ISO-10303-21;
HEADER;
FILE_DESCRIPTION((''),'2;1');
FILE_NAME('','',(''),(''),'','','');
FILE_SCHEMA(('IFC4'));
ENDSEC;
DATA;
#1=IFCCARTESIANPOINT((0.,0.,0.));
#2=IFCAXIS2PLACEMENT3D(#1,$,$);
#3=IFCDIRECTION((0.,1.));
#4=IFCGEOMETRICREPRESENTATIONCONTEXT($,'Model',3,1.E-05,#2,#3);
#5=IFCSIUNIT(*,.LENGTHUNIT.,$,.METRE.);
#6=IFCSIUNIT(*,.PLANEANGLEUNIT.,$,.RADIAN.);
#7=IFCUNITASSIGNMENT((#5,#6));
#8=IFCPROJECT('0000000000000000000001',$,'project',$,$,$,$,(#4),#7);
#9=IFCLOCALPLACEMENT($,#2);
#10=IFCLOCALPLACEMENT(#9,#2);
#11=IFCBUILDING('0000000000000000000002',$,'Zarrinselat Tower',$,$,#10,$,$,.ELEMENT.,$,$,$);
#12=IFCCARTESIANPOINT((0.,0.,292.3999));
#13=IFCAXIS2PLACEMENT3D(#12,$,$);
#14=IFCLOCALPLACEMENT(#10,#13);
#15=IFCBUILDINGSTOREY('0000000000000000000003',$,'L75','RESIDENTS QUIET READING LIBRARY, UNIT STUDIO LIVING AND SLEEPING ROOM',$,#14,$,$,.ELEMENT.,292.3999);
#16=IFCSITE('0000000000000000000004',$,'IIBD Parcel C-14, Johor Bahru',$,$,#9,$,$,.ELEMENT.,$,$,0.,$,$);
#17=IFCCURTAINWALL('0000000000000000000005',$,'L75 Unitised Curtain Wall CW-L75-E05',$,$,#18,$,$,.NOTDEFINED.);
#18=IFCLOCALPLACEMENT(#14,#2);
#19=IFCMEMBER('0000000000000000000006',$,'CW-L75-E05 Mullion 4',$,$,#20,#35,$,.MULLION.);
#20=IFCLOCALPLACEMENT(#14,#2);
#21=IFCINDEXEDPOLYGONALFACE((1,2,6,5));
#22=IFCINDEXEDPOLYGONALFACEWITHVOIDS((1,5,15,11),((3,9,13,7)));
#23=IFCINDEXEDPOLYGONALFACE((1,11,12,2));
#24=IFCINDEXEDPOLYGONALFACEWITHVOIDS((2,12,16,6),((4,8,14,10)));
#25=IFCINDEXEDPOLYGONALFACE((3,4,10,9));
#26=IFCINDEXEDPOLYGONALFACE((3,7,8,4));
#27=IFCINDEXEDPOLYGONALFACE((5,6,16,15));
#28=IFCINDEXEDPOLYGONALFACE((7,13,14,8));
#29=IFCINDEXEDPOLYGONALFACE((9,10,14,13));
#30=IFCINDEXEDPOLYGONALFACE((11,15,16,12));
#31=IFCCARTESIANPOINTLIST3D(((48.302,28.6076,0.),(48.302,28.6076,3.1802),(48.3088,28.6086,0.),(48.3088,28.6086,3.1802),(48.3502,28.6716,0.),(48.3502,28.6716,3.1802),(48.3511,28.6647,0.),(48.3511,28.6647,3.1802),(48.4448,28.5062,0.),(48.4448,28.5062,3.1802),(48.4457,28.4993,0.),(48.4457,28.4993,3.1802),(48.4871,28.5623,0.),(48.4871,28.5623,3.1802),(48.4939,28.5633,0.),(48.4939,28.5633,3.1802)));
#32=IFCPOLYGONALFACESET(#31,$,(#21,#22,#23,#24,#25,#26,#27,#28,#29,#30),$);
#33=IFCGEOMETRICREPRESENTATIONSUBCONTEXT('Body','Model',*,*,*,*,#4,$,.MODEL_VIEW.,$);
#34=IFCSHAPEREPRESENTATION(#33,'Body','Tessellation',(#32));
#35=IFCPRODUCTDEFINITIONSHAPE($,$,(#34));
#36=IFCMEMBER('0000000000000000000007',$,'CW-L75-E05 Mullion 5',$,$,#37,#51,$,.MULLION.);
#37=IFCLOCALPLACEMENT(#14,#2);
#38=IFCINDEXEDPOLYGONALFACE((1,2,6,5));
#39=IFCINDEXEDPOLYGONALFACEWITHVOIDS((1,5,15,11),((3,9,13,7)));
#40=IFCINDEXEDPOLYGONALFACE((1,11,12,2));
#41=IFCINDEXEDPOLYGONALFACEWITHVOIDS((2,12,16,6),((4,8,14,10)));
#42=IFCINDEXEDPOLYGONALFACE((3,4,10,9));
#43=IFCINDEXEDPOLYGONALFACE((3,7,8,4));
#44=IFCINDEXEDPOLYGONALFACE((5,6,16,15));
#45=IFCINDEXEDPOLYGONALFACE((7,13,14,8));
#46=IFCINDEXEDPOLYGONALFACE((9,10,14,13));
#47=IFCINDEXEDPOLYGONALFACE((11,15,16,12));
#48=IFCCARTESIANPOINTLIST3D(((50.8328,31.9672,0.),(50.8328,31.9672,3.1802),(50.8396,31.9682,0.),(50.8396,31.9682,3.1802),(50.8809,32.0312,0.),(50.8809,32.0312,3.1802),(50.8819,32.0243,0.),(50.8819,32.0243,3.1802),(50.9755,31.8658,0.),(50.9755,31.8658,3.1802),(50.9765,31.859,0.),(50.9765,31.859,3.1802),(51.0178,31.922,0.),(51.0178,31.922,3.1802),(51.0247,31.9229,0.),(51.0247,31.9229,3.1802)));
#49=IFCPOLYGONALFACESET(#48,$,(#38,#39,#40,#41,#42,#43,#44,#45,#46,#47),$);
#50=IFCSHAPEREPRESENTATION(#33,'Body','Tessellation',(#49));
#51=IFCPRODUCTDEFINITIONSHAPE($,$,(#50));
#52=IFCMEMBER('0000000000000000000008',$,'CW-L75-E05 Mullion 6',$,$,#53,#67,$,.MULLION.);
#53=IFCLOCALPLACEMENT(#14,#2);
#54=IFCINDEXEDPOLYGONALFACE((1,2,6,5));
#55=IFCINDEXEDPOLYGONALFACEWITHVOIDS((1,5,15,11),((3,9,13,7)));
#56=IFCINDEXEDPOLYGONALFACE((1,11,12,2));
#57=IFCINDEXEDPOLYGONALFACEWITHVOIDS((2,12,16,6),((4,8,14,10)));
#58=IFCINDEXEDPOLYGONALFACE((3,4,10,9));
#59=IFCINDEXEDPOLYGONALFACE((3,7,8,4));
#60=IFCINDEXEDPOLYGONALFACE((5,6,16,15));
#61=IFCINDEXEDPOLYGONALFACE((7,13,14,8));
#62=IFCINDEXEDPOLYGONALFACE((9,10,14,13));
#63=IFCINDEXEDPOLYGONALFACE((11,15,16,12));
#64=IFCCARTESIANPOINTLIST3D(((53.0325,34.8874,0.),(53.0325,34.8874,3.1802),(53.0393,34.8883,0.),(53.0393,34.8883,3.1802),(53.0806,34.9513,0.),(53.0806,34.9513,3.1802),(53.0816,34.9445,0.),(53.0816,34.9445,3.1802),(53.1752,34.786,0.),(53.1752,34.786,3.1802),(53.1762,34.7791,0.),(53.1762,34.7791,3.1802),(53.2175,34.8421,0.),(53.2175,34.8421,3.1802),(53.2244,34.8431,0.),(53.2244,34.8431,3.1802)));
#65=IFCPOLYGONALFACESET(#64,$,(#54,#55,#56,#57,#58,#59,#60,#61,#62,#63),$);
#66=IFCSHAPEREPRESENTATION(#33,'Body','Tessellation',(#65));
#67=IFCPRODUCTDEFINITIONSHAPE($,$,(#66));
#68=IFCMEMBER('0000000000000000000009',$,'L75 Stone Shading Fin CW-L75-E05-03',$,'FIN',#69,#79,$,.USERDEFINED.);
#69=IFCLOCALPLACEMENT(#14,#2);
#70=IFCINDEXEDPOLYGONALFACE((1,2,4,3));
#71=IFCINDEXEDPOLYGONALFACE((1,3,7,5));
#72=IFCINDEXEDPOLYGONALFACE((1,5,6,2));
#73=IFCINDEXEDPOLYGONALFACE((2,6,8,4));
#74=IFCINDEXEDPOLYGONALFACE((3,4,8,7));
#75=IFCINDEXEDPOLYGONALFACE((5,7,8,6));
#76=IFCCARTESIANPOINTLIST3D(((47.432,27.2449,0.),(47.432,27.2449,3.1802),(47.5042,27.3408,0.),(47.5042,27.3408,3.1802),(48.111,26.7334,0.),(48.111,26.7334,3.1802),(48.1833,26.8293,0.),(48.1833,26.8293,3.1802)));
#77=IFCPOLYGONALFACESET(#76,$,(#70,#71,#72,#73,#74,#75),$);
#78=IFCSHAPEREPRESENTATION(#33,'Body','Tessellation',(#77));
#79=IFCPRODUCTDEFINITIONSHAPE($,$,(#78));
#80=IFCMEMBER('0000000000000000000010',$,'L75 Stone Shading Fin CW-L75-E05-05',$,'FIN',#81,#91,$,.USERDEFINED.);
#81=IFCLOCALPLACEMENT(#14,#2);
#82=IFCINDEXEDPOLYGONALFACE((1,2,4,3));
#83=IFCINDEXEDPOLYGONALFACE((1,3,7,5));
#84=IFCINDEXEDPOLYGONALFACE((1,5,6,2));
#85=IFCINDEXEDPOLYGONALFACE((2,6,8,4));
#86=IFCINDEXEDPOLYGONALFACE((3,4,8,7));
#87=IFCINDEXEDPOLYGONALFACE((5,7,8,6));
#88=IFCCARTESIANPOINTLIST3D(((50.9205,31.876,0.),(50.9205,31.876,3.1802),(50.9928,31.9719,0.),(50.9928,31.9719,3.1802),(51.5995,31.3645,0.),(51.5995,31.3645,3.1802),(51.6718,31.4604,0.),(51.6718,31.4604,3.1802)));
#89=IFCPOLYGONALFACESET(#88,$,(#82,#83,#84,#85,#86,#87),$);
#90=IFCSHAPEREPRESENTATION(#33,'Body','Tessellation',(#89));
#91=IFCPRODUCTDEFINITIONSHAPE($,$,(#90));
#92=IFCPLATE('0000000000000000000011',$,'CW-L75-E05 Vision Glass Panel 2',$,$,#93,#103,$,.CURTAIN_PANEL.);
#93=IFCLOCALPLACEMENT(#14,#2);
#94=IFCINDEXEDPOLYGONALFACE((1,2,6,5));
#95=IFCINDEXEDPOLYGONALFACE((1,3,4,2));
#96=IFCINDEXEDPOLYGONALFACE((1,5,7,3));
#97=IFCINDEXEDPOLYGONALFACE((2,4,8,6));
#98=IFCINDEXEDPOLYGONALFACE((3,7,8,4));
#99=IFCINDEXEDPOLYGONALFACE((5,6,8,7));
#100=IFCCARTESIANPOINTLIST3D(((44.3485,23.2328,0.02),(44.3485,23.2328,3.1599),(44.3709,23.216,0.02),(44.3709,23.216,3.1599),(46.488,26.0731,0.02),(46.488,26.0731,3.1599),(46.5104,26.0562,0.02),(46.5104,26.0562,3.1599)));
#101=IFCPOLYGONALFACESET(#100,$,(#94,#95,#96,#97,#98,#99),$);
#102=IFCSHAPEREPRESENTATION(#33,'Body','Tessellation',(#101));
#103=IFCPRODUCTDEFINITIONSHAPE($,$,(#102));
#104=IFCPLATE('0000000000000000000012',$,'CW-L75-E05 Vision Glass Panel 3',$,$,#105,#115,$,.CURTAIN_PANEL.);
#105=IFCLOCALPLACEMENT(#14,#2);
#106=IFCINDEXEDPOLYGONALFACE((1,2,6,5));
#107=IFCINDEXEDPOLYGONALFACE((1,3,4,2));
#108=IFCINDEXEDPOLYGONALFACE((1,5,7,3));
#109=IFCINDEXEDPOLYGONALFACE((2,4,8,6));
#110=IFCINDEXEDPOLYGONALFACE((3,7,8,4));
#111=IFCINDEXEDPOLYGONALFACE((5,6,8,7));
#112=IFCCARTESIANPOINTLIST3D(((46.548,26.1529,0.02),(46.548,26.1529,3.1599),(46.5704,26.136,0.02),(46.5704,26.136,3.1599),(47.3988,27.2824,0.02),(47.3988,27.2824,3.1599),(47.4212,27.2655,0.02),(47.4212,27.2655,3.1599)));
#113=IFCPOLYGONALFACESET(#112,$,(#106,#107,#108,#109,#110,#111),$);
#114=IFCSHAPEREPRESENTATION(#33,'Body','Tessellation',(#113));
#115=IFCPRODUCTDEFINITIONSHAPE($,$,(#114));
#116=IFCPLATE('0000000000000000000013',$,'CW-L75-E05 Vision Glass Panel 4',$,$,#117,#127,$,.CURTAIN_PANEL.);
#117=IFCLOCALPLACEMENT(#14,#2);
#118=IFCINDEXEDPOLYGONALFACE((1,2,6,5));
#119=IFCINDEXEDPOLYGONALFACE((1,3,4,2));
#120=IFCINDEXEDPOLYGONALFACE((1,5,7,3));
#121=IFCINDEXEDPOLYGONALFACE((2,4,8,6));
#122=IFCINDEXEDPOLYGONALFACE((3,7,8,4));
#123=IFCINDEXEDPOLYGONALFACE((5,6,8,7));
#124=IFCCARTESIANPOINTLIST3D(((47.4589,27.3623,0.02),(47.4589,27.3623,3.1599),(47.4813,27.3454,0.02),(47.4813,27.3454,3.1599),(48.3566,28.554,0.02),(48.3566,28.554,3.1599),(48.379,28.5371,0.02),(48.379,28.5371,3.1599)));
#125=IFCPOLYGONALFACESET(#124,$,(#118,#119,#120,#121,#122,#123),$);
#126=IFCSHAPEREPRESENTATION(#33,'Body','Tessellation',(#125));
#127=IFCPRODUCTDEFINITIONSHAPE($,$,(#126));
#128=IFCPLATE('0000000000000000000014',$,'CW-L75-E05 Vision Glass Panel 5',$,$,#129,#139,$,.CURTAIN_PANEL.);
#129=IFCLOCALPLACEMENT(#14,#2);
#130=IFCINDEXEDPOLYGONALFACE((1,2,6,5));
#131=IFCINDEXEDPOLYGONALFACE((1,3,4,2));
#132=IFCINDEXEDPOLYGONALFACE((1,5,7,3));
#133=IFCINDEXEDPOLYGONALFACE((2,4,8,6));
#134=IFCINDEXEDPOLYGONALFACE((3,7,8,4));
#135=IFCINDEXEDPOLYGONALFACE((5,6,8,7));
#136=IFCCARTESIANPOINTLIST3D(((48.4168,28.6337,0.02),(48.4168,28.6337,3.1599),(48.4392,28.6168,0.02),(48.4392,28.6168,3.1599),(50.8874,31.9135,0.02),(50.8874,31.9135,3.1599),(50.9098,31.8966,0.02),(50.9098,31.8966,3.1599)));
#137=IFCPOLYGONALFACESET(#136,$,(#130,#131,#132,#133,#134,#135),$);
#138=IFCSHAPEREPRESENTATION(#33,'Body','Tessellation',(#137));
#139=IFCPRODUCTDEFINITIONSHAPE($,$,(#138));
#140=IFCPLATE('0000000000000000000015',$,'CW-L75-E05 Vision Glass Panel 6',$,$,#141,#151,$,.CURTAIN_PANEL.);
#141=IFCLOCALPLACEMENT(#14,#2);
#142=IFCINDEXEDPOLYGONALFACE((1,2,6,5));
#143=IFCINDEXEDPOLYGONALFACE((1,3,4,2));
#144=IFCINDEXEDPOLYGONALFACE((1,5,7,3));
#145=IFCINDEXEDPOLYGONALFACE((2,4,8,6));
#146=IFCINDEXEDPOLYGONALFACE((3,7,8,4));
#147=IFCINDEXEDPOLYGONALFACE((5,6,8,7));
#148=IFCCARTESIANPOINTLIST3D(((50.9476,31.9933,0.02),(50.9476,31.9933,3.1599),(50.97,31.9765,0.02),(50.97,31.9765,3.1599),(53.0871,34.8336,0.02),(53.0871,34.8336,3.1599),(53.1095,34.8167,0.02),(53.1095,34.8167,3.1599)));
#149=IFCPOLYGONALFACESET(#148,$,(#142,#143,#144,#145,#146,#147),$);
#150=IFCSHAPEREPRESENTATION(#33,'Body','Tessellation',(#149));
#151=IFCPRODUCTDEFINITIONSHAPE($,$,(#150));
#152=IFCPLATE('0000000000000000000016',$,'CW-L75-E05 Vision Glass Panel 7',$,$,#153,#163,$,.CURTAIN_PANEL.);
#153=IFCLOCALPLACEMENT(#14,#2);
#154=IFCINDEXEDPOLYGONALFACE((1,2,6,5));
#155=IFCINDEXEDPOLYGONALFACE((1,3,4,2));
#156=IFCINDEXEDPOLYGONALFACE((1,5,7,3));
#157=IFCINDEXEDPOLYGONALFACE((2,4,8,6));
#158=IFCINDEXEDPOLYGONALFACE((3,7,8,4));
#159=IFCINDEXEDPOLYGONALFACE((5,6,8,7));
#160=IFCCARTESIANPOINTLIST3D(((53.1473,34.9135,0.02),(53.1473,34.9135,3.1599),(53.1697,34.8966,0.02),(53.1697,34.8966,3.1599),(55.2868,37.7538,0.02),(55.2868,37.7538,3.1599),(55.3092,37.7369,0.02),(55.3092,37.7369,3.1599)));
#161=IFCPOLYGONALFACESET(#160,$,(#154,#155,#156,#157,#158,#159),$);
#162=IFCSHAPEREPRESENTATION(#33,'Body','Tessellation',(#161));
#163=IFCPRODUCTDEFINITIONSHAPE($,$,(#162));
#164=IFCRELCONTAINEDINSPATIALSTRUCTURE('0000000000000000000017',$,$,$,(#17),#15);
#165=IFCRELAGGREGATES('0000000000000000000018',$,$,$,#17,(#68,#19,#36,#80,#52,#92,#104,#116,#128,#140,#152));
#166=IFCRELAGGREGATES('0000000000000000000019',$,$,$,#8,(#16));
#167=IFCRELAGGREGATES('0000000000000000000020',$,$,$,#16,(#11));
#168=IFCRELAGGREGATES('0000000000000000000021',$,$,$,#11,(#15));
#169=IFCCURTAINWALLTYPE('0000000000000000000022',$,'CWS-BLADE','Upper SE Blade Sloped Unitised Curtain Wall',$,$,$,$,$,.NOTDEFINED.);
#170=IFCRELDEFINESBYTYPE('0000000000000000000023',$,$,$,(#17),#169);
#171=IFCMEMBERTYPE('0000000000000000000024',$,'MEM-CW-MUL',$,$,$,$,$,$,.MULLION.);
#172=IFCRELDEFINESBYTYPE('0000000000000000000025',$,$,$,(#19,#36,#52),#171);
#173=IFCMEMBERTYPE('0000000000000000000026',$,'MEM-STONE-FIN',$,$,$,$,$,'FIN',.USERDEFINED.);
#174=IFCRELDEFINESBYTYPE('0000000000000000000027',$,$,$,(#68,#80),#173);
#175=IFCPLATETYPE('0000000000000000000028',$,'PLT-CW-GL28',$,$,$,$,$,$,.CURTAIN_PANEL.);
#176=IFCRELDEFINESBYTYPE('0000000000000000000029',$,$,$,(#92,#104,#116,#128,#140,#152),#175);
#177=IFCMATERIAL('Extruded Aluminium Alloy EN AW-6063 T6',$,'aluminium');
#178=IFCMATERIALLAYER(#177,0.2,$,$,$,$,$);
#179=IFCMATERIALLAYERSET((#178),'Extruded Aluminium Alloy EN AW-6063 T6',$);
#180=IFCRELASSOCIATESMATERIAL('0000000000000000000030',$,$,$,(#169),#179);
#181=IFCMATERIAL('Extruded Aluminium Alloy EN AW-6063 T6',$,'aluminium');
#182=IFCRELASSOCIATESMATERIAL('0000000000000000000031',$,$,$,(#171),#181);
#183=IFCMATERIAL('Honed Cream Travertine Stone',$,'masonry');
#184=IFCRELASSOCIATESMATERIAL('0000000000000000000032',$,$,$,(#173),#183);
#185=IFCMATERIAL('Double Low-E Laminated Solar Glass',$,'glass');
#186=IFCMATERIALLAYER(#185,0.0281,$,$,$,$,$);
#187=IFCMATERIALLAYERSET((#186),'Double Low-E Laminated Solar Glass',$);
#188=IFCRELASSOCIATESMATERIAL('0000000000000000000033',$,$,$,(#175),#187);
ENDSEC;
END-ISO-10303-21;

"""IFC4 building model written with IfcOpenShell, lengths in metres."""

from ifc_helpers import new_model, si_unit, direction, frame, origin, origin_2d, place, context, subcontext, project, spatial, rectangle, hollow_rectangle, extrude, material, layer, layer_set, material_profile, profile_set, type_object, element, aggregate, save


model = new_model("IFC4")

# Units and contexts
model_context = context("Model", 3, precision=1e-05, world=origin(), true_north=direction((0.0, 1.0)))
body_context = subcontext(model_context, "Body", "Model", "MODEL_VIEW")
ifc_project = project(units=[si_unit("LENGTHUNIT", "METRE"), si_unit("PLANEANGLEUNIT", "RADIAN")], contexts=[model_context])

# Site, building, storey
site_placement = place(None, origin())
site = spatial("IfcSite", under=ifc_project, at=site_placement, Name="IIBD Parcel C-14, Johor Bahru", CompositionType="ELEMENT", RefElevation=0.0)
building_placement = place(site_placement, origin())
building = spatial("IfcBuilding", under=site, at=building_placement, Name="Zarrinselat Tower", CompositionType="ELEMENT")
storey_placement = place(building_placement, frame((0.0, 0.0, 292.3999)))
storey = spatial("IfcBuildingStorey", under=building, at=storey_placement, Name="L75", Description="RESIDENTS QUIET READING LIBRARY, UNIT STUDIO LIVING AND SLEEPING ROOM", CompositionType="ELEMENT", Elevation=292.3999)

# Curtain wall, members, plates
ifc_material_1 = material(Name="Extruded Aluminium Alloy EN AW-6063 T6", Category="aluminium")
ifc_layer_1 = layer(ifc_material_1, 0.2)
ifc_layer_set_1 = layer_set([ifc_layer_1], Name="Extruded Aluminium Alloy EN AW-6063 T6")
curtain_wall_type = type_object("IfcCurtainWallType", Name="CWS-BLADE", Description="Upper SE Blade Sloped Unitised Curtain Wall", PredefinedType="NOTDEFINED", material=ifc_layer_set_1)
curtain_wall_placement = place(storey_placement, origin())
curtain_wall = element("IfcCurtainWall", 1, at=curtain_wall_placement, inside=storey, type_object=curtain_wall_type, Name="L75 Unitised Curtain Wall CW-L75-E05", PredefinedType="NOTDEFINED")
ifc_material_2 = material(Name="Extruded Aluminium Alloy EN AW-6063 T6", Category="aluminium")
ifc_material_profile_1 = material_profile(ifc_material_2, hollow_rectangle(XDim=0.0801, YDim=0.1799, WallThickness=0.0049, at=origin_2d()), Name="RHS 180x80x5")
ifc_profile_set_1 = profile_set([ifc_material_profile_1], Name="Extruded Aluminium Alloy EN AW-6063 T6")
member_type_1 = type_object("IfcMemberType", Name="MEM-CW-MUL", PredefinedType="MULLION", material=ifc_profile_set_1)
member_1_placement = place(storey_placement, frame((48.3979, 28.5854, 0.0), z_axis=(0.0, 0.0, 1.0), x_axis=(0.601673, 0.798743, 0.0)))
member_1 = element("IfcMember", 2, at=member_1_placement, type_object=member_type_1, Name="CW-L75-E05 Mullion 4", PredefinedType="MULLION", context=body_context, shape_type="SweptSolid", body=[
    extrude(hollow_rectangle(XDim=0.0801, YDim=0.1799, WallThickness=0.0049, at=origin_2d()), origin(), (0.0, 0.0, 1.0), 3.1802),
])
member_2_placement = place(storey_placement, frame((50.9287, 31.9451, 0.0), z_axis=(0.0, 0.0, 1.0), x_axis=(0.601673, 0.798743, 0.0)))
member_2 = element("IfcMember", 3, at=member_2_placement, type_object=member_type_1, Name="CW-L75-E05 Mullion 5", PredefinedType="MULLION", context=body_context, shape_type="SweptSolid", body=[
    extrude(hollow_rectangle(XDim=0.0801, YDim=0.1799, WallThickness=0.0049, at=origin_2d()), origin(), (0.0, 0.0, 1.0), 3.1802),
])
member_3_placement = place(storey_placement, frame((53.1284, 34.8652, 0.0), z_axis=(0.0, 0.0, 1.0), x_axis=(0.601673, 0.798743, 0.0)))
member_3 = element("IfcMember", 4, at=member_3_placement, type_object=member_type_1, Name="CW-L75-E05 Mullion 6", PredefinedType="MULLION", context=body_context, shape_type="SweptSolid", body=[
    extrude(hollow_rectangle(XDim=0.0801, YDim=0.1799, WallThickness=0.0049, at=origin_2d()), origin(), (0.0, 0.0, 1.0), 3.1802),
])
ifc_material_3 = material(Name="Honed Cream Travertine Stone", Category="masonry")
ifc_material_profile_2 = material_profile(ifc_material_3, rectangle(XDim=0.1201, YDim=0.8501, at=origin_2d()), Name="FIN 850x120")
ifc_profile_set_2 = profile_set([ifc_material_profile_2], Name="Honed Cream Travertine Stone")
member_type_2 = type_object("IfcMemberType", Name="MEM-STONE-FIN", ElementType="FIN", PredefinedType="USERDEFINED", material=ifc_profile_set_2)
member_4_placement = place(storey_placement, frame((47.8076, 27.0371, 0.0), z_axis=(0.0, 0.0, 1.0), x_axis=(-0.601673, -0.798743, 0.0)))
member_4 = element("IfcMember", 5, at=member_4_placement, type_object=member_type_2, Name="L75 Stone Shading Fin CW-L75-E05-03", ObjectType="FIN", PredefinedType="USERDEFINED", context=body_context, shape_type="SweptSolid", body=[
    extrude(rectangle(XDim=0.1201, YDim=0.8501, at=origin_2d()), origin(), (0.0, 0.0, 1.0), 3.1802),
])
member_5_placement = place(storey_placement, frame((51.2961, 31.6682, 0.0), z_axis=(0.0, 0.0, 1.0), x_axis=(-0.601673, -0.798743, 0.0)))
member_5 = element("IfcMember", 6, at=member_5_placement, type_object=member_type_2, Name="L75 Stone Shading Fin CW-L75-E05-05", ObjectType="FIN", PredefinedType="USERDEFINED", context=body_context, shape_type="SweptSolid", body=[
    extrude(rectangle(XDim=0.1201, YDim=0.8501, at=origin_2d()), origin(), (0.0, 0.0, 1.0), 3.1802),
])
ifc_material_4 = material(Name="Double Low-E Laminated Solar Glass", Category="glass")
ifc_layer_2 = layer(ifc_material_4, 0.0281)
ifc_layer_set_2 = layer_set([ifc_layer_2], Name="Double Low-E Laminated Solar Glass")
plate_type = type_object("IfcPlateType", Name="PLT-CW-GL28", PredefinedType="CURTAIN_PANEL", material=ifc_layer_set_2)
plate_1_placement = place(storey_placement, frame((45.4294, 24.6445, 0.02), z_axis=(0.0, 0.0, 1.0), x_axis=(0.601673, 0.798743, 0.0)))
plate_1 = element("IfcPlate", 7, at=plate_1_placement, type_object=plate_type, Name="CW-L75-E05 Vision Glass Panel 2", PredefinedType="CURTAIN_PANEL", context=body_context, shape_type="SweptSolid", body=[
    extrude(rectangle(XDim=3.5559, YDim=0.0281, at=origin_2d()), origin(), (0.0, 0.0, 1.0), 3.1399),
])
plate_2_placement = place(storey_placement, frame((46.9846, 26.7092, 0.02), z_axis=(0.0, 0.0, 1.0), x_axis=(0.601673, 0.798743, 0.0)))
plate_2 = element("IfcPlate", 8, at=plate_2_placement, type_object=plate_type, Name="CW-L75-E05 Vision Glass Panel 3", PredefinedType="CURTAIN_PANEL", context=body_context, shape_type="SweptSolid", body=[
    extrude(rectangle(XDim=1.4141, YDim=0.0281, at=origin_2d()), origin(), (0.0, 0.0, 1.0), 3.1399),
])
plate_3_placement = place(storey_placement, frame((47.9189, 27.9497, 0.02), z_axis=(0.0, 0.0, 1.0), x_axis=(0.601673, 0.798743, 0.0)))
plate_3 = element("IfcPlate", 9, at=plate_3_placement, type_object=plate_type, Name="CW-L75-E05 Vision Glass Panel 4", PredefinedType="CURTAIN_PANEL", context=body_context, shape_type="SweptSolid", body=[
    extrude(rectangle(XDim=1.4919, YDim=0.0281, at=origin_2d()), origin(), (0.0, 0.0, 1.0), 3.1399),
])
plate_4_placement = place(storey_placement, frame((49.6633, 30.2651, 0.02), z_axis=(0.0, 0.0, 1.0), x_axis=(0.601673, 0.798743, 0.0)))
plate_4 = element("IfcPlate", 10, at=plate_4_placement, type_object=plate_type, Name="CW-L75-E05 Vision Glass Panel 5", PredefinedType="CURTAIN_PANEL", context=body_context, shape_type="SweptSolid", body=[
    extrude(rectangle(XDim=4.1062, YDim=0.0281, at=origin_2d()), origin(), (0.0, 0.0, 1.0), 3.1399),
])
plate_5_placement = place(storey_placement, frame((52.0286, 33.405, 0.02), z_axis=(0.0, 0.0, 1.0), x_axis=(0.601673, 0.798743, 0.0)))
plate_5 = element("IfcPlate", 11, at=plate_5_placement, type_object=plate_type, Name="CW-L75-E05 Vision Glass Panel 6", PredefinedType="CURTAIN_PANEL", context=body_context, shape_type="SweptSolid", body=[
    extrude(rectangle(XDim=3.5559, YDim=0.0281, at=origin_2d()), origin(), (0.0, 0.0, 1.0), 3.1399),
])
plate_6_placement = place(storey_placement, frame((54.2283, 36.3252, 0.02), z_axis=(0.0, 0.0, 1.0), x_axis=(0.601673, 0.798743, 0.0)))
plate_6 = element("IfcPlate", 12, at=plate_6_placement, type_object=plate_type, Name="CW-L75-E05 Vision Glass Panel 7", PredefinedType="CURTAIN_PANEL", context=body_context, shape_type="SweptSolid", body=[
    extrude(rectangle(XDim=3.5559, YDim=0.0281, at=origin_2d()), origin(), (0.0, 0.0, 1.0), 3.1399),
])
aggregate(curtain_wall, [member_4, member_1, member_2, member_5, member_3, plate_1, plate_2, plate_3, plate_4, plate_5, plate_6])

save(model, "model.ifc")
